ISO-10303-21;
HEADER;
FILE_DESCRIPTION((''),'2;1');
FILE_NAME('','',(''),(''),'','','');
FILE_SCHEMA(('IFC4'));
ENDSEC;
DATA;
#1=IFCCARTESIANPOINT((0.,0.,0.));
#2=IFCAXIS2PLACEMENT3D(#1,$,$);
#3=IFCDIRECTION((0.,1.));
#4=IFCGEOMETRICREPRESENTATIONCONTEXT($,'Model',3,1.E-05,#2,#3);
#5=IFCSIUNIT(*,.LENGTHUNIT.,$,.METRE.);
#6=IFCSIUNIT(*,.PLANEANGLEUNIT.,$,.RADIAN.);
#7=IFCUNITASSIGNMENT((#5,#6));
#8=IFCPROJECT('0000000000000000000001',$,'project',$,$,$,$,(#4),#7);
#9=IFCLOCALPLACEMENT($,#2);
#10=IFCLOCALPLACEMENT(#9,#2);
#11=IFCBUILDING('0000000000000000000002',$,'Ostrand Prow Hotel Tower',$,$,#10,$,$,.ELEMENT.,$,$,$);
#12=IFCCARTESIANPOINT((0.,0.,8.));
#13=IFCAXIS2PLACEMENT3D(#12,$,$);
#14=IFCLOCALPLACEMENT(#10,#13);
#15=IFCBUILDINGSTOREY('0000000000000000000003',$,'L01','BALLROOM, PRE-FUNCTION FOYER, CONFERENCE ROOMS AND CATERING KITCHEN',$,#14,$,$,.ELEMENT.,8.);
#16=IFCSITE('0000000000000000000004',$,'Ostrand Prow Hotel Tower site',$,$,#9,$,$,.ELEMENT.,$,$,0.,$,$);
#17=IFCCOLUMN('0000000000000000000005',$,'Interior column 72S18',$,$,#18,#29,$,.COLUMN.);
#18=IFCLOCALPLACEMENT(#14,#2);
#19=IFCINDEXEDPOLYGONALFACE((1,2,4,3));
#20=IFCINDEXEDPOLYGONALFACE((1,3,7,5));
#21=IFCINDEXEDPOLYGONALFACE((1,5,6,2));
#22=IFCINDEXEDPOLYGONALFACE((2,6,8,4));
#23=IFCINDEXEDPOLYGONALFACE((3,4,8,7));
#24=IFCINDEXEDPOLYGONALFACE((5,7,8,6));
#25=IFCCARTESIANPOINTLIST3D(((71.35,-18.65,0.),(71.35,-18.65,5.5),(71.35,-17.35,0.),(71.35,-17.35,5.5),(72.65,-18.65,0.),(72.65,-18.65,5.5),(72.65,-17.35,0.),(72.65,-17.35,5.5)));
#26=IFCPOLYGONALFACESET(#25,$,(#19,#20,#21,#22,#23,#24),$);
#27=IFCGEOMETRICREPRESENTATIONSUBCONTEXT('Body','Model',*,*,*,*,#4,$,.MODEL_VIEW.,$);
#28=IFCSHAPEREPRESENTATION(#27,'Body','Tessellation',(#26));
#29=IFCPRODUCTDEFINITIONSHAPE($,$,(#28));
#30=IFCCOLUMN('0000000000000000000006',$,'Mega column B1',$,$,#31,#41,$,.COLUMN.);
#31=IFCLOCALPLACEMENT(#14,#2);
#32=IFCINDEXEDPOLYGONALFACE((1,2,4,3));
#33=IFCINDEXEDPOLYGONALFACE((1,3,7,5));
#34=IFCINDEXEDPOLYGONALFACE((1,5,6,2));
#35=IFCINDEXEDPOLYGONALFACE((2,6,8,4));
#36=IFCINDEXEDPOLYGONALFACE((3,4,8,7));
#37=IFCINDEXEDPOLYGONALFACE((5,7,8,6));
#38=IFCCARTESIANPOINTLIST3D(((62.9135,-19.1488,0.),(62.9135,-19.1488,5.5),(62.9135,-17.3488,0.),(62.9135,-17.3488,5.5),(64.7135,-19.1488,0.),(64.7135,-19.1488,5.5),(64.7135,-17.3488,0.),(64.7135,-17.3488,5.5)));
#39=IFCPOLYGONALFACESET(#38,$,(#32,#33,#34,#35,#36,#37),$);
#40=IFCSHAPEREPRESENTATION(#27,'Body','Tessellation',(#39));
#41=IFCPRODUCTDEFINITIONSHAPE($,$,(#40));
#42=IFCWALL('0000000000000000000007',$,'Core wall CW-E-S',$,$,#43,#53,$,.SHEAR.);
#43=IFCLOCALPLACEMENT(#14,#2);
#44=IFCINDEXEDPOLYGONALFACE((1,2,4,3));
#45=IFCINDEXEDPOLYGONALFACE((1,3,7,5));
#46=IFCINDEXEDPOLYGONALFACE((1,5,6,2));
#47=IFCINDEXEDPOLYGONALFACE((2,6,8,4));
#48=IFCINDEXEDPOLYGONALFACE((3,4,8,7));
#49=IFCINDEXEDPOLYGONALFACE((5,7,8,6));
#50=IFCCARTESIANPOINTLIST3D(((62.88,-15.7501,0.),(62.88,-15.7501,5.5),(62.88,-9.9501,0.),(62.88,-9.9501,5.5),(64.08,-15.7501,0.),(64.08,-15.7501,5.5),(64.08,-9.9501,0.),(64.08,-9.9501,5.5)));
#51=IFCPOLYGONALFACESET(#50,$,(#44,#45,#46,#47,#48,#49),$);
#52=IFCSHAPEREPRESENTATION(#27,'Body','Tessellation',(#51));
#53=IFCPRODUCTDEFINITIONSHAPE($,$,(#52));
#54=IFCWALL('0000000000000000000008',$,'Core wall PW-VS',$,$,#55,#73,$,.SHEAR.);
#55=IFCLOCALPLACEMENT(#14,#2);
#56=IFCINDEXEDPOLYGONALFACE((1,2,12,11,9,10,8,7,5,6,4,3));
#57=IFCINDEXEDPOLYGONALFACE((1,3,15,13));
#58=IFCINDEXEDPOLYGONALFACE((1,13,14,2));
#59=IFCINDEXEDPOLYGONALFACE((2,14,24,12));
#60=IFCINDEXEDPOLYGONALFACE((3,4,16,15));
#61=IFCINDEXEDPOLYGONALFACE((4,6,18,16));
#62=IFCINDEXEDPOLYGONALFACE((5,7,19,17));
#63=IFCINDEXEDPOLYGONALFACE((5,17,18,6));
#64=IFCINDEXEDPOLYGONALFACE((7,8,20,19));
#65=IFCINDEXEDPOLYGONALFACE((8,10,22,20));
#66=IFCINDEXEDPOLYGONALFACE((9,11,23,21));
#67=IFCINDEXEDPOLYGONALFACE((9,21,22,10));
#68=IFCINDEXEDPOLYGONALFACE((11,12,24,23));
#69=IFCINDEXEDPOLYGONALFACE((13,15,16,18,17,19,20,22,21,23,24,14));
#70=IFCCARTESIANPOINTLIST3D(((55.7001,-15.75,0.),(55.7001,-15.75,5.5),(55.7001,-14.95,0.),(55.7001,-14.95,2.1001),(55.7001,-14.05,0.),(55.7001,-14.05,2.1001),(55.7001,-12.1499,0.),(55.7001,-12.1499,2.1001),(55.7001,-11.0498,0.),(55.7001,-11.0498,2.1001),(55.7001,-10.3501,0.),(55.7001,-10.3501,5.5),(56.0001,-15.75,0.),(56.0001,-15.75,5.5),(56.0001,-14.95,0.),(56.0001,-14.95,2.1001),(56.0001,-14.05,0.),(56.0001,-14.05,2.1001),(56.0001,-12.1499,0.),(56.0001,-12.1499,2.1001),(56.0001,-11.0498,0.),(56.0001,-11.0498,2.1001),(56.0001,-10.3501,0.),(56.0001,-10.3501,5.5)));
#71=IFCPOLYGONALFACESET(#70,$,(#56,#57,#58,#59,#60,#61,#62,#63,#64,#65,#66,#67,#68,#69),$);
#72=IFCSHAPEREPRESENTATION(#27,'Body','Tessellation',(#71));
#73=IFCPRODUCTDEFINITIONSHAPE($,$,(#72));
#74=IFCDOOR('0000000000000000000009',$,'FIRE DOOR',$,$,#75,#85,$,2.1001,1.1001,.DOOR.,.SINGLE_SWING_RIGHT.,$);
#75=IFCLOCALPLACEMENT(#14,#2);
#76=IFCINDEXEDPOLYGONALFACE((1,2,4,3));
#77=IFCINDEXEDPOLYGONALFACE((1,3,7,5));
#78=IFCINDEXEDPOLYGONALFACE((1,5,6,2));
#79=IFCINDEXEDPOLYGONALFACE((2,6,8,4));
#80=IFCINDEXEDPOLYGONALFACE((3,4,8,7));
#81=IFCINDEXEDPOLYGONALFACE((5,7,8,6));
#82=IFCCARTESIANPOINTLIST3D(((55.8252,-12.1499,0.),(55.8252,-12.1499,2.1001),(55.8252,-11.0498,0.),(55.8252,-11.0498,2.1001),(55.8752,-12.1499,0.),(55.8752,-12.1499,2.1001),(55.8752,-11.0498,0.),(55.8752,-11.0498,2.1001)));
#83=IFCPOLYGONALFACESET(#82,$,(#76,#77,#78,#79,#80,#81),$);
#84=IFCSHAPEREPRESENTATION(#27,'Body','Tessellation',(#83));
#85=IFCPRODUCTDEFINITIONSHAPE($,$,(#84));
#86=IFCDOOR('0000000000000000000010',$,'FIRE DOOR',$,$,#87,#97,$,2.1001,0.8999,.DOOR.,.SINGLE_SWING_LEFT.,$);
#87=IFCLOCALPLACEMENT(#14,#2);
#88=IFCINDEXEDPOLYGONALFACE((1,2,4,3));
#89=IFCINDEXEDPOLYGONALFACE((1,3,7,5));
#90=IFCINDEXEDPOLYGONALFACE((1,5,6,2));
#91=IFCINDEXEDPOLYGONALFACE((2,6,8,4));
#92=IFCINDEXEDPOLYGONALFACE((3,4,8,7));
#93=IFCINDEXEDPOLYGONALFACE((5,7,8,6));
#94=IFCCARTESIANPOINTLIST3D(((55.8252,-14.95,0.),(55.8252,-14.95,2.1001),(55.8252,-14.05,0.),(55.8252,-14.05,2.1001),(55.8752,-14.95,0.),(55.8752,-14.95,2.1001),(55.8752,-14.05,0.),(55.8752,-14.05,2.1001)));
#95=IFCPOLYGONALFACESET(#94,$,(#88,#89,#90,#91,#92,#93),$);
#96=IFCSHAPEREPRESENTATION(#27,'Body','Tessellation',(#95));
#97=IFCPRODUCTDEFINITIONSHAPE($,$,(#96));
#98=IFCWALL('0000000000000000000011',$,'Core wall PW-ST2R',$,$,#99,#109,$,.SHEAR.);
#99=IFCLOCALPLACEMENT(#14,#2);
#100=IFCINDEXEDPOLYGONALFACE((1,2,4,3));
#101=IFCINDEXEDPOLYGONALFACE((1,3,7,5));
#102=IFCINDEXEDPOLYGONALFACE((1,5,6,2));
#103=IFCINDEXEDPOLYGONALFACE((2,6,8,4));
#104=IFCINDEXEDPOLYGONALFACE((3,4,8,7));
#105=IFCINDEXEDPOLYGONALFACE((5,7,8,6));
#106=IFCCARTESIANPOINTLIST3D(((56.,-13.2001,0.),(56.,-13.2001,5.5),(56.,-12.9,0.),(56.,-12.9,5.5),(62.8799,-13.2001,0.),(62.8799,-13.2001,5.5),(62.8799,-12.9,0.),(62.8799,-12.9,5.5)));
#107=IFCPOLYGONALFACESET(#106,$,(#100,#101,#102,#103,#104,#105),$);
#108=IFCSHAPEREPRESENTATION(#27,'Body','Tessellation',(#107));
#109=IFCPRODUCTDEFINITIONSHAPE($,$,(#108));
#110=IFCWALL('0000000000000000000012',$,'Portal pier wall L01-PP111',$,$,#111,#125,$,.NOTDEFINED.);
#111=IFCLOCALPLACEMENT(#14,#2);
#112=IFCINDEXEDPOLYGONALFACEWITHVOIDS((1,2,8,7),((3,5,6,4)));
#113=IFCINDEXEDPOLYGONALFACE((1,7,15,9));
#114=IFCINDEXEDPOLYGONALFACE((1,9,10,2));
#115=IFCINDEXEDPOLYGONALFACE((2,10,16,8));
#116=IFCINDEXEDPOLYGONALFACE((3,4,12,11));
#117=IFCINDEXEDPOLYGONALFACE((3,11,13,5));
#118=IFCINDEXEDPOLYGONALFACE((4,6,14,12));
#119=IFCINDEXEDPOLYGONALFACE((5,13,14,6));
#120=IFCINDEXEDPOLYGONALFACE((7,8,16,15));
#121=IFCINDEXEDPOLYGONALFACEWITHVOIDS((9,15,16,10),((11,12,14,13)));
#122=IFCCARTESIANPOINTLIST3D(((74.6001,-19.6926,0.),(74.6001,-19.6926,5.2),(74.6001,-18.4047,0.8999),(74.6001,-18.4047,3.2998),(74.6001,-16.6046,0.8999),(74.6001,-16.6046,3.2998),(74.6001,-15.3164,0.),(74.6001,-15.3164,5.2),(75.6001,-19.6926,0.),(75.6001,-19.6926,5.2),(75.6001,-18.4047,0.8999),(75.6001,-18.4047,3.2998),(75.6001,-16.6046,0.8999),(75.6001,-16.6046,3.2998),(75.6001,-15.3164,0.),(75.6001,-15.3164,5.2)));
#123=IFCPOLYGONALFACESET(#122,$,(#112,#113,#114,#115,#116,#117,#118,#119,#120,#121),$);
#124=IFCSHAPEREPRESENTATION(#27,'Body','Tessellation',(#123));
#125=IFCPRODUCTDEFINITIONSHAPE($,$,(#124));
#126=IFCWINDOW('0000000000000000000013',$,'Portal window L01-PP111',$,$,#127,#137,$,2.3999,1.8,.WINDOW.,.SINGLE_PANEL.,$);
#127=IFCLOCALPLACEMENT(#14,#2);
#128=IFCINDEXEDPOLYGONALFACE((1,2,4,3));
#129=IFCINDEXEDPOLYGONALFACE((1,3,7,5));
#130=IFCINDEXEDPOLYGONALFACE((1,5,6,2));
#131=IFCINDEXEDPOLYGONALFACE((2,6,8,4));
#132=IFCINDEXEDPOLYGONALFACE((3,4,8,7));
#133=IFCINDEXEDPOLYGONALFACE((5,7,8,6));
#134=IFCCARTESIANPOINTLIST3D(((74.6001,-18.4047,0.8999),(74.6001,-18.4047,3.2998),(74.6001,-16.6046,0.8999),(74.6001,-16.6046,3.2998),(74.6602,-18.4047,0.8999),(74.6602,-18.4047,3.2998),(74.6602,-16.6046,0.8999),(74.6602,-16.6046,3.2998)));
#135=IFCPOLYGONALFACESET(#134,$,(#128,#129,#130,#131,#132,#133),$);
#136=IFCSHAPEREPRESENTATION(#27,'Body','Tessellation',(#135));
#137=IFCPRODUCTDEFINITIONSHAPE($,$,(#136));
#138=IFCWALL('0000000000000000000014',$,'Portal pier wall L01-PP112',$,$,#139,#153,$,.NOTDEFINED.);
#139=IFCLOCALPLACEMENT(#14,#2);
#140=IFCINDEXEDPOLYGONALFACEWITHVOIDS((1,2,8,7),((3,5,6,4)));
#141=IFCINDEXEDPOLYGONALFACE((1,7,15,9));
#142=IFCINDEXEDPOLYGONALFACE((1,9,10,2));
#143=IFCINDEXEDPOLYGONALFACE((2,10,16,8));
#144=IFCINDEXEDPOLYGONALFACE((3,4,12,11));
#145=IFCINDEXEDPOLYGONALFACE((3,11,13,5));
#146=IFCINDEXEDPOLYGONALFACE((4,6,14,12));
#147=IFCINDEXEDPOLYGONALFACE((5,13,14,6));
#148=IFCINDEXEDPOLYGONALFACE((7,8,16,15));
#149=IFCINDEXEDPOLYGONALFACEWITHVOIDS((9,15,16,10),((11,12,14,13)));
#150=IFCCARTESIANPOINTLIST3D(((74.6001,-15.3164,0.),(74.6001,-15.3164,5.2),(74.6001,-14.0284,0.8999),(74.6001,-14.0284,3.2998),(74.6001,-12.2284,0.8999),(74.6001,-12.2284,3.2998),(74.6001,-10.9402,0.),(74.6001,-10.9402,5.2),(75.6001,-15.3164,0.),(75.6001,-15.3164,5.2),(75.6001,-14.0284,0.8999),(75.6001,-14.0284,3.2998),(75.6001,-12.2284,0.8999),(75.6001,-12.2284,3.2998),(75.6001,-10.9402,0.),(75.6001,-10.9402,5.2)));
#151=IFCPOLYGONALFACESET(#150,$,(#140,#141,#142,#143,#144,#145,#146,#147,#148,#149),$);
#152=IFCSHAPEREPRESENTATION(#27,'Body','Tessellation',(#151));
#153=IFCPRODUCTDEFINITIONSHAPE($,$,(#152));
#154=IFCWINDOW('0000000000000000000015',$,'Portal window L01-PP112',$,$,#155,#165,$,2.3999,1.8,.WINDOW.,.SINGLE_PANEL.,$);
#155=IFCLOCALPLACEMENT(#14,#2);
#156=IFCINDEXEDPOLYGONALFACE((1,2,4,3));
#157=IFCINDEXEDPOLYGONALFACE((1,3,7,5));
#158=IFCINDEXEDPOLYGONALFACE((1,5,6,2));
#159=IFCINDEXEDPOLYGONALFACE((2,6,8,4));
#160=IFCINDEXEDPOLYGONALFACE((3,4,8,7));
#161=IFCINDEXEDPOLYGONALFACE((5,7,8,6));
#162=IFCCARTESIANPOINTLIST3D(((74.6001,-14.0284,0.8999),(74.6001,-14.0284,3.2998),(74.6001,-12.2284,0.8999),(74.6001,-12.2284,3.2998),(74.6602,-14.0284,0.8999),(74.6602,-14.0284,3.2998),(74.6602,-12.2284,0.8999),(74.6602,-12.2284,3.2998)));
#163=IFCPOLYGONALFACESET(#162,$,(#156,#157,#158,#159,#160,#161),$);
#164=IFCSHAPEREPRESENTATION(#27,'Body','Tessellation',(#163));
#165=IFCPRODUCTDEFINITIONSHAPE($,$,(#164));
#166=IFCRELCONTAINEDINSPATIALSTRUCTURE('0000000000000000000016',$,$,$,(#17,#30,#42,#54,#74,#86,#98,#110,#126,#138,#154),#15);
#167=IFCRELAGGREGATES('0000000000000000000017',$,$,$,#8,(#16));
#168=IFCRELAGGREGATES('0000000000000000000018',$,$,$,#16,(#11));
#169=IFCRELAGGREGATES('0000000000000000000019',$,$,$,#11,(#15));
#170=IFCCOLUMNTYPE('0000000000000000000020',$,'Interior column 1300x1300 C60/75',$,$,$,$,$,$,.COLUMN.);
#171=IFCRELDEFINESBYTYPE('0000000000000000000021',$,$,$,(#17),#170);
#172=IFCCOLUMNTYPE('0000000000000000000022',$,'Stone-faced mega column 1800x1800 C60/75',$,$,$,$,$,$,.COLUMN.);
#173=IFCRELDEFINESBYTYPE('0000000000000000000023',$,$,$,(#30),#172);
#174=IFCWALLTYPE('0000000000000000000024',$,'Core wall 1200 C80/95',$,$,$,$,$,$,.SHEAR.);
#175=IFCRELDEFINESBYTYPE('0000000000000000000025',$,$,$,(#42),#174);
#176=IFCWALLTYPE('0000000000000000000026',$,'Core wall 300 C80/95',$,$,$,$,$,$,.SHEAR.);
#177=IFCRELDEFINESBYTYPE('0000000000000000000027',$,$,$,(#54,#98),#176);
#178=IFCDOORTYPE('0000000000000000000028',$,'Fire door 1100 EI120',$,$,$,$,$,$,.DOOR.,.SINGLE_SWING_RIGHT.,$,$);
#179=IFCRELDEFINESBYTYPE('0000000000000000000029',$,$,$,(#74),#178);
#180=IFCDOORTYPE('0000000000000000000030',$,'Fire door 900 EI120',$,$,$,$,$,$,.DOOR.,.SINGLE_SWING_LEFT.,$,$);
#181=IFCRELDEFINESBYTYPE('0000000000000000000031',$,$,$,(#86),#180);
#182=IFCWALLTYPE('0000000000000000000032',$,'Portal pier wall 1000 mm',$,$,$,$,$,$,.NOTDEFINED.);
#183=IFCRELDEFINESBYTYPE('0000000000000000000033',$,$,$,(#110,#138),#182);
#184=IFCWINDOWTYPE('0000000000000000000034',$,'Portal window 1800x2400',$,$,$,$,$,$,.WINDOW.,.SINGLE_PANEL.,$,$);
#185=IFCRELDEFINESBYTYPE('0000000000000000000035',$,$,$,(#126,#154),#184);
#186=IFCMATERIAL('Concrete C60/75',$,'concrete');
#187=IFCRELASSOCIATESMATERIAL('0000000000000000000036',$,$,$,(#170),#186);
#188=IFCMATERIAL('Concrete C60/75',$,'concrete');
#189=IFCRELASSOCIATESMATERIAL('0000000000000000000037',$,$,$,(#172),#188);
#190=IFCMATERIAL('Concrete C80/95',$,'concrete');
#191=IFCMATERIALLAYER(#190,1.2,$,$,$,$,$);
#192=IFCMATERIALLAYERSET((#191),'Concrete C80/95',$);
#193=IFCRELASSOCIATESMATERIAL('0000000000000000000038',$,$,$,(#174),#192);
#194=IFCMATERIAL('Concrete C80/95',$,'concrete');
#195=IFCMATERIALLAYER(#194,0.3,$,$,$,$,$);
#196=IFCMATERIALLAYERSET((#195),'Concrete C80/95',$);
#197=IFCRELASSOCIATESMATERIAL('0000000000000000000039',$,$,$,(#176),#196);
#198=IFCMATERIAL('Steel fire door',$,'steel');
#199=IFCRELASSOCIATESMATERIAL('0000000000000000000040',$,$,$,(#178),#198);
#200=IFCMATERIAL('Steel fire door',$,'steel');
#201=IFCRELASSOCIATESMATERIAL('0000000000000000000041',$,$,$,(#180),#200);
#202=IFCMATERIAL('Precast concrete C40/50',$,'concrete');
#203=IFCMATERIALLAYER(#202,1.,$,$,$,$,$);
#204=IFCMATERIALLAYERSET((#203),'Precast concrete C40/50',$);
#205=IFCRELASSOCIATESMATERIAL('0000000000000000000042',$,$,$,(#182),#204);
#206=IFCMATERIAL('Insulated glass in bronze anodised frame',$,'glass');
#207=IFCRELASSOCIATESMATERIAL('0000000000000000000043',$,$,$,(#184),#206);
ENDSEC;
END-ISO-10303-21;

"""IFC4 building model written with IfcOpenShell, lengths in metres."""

from ifc_helpers import new_model, si_unit, direction, frame, frame_2d, origin, origin_2d, place, context, subcontext, project, spatial, polyline, rectangle, outline, extrude, material, layer, layer_set, material_profile, profile_set, type_object, element, fill, save


model = new_model("IFC4")

# Units and contexts
model_context = context("Model", 3, precision=1e-05, world=origin(), true_north=direction((0.0, 1.0)))
body_context = subcontext(model_context, "Body", "Model", "MODEL_VIEW")
ifc_project = project(units=[si_unit("LENGTHUNIT", "METRE"), si_unit("PLANEANGLEUNIT", "RADIAN")], contexts=[model_context])

# Site, building, storey
site_placement = place(None, origin())
site = spatial("IfcSite", under=ifc_project, at=site_placement, Name="Ostrand Prow Hotel Tower site", CompositionType="ELEMENT", RefElevation=0.0)
building_placement = place(site_placement, origin())
building = spatial("IfcBuilding", under=site, at=building_placement, Name="Ostrand Prow Hotel Tower", CompositionType="ELEMENT")
storey_placement = place(building_placement, frame((0.0, 0.0, 8.0)))
storey = spatial("IfcBuildingStorey", under=building, at=storey_placement, Name="L01", Description="BALLROOM, PRE-FUNCTION FOYER, CONFERENCE ROOMS AND CATERING KITCHEN", CompositionType="ELEMENT", Elevation=8.0)

# Columns
ifc_material_1 = material(Name="Concrete C60/75", Category="concrete")
ifc_material_profile_1 = material_profile(ifc_material_1, rectangle(XDim=1.3, YDim=1.3, at=origin_2d()), Name="RC 1300x1300")
ifc_profile_set_1 = profile_set([ifc_material_profile_1], Name="Concrete C60/75")
column_type_1 = type_object("IfcColumnType", Name="Interior column 1300x1300 C60/75", PredefinedType="COLUMN", material=ifc_profile_set_1)
column_1_placement = place(storey_placement, frame((72.0, -18.0, 0.0), z_axis=(0.0, 0.0, 1.0), x_axis=(1.0, 0.0, 0.0)))
element("IfcColumn", 1, at=column_1_placement, inside=storey, type_object=column_type_1, Name="Interior column 72S18", PredefinedType="COLUMN", context=body_context, shape_type="SweptSolid", body=[
    extrude(rectangle(XDim=1.3, YDim=1.3, at=origin_2d()), origin(), (0.0, 0.0, 1.0), 5.5),
])
ifc_material_2 = material(Name="Concrete C60/75", Category="concrete")
ifc_material_profile_2 = material_profile(ifc_material_2, rectangle(XDim=1.8, YDim=1.8, at=origin_2d()), Name="RC 1800x1800")
ifc_profile_set_2 = profile_set([ifc_material_profile_2], Name="Concrete C60/75")
column_type_2 = type_object("IfcColumnType", Name="Stone-faced mega column 1800x1800 C60/75", PredefinedType="COLUMN", material=ifc_profile_set_2)
column_2_placement = place(storey_placement, frame((63.8135, -18.2488, 0.0), z_axis=(0.0, 0.0, 1.0), x_axis=(1.0, 0.0, 0.0)))
element("IfcColumn", 2, at=column_2_placement, inside=storey, type_object=column_type_2, Name="Mega column B1", PredefinedType="COLUMN", context=body_context, shape_type="SweptSolid", body=[
    extrude(rectangle(XDim=1.8, YDim=1.8, at=origin_2d()), origin(), (0.0, 0.0, 1.0), 5.5),
])

# Wall
ifc_material_3 = material(Name="Concrete C80/95", Category="concrete")
ifc_layer_1 = layer(ifc_material_3, 1.2)
ifc_layer_set_1 = layer_set([ifc_layer_1], Name="Concrete C80/95")
wall_type_1 = type_object("IfcWallType", Name="Core wall 1200 C80/95", PredefinedType="SHEAR", material=ifc_layer_set_1)
wall_1_placement = place(storey_placement, frame((63.48, -15.75, 0.0), z_axis=(0.0, 0.0, 1.0), x_axis=(0.0, 1.0, 0.0)))
element("IfcWall", 3, at=wall_1_placement, inside=storey, type_object=wall_type_1, Name="Core wall CW-E-S", PredefinedType="SHEAR", context=body_context, shape_type="SweptSolid", body=[
    extrude(rectangle(XDim=5.8, YDim=1.2, at=frame_2d((2.8999, 0.0))), origin(), (0.0, 0.0, 1.0), 5.5),
])

# Wall, openings, doors
ifc_material_4 = material(Name="Concrete C80/95", Category="concrete")
ifc_layer_2 = layer(ifc_material_4, 0.3)
ifc_layer_set_2 = layer_set([ifc_layer_2], Name="Concrete C80/95")
wall_type_2 = type_object("IfcWallType", Name="Core wall 300 C80/95", PredefinedType="SHEAR", material=ifc_layer_set_2)
wall_2_placement = place(storey_placement, frame((55.8501, -15.75, 0.0), z_axis=(0.0, 0.0, 1.0), x_axis=(0.0, 1.0, 0.0)))
wall_2 = element("IfcWall", 4, at=wall_2_placement, inside=storey, type_object=wall_type_2, Name="Core wall PW-VS", PredefinedType="SHEAR", context=body_context, shape_type="SweptSolid", body=[
    extrude(rectangle(XDim=5.3999, YDim=0.3, at=frame_2d((2.7, 0.0))), origin(), (0.0, 0.0, 1.0), 5.5),
])
opening_1_placement = place(wall_2_placement, frame((3.6001, 0.0, 0.0)))
opening_1 = element("IfcOpeningElement", 5, at=opening_1_placement, cuts=wall_2, PredefinedType="OPENING", context=body_context, shape_type="SweptSolid", body=[
    extrude(rectangle(XDim=1.1001, YDim=2.1001, at=frame_2d((0.55, 1.05))), frame((0.0, 0.1599, 0.0), z_axis=(0.0, -1.0, 0.0), x_axis=(1.0, 0.0, 0.0)), (0.0, 0.0, 1.0), 0.3201),
])
opening_2_placement = place(wall_2_placement, frame((0.8, 0.0, 0.0)))
opening_2 = element("IfcOpeningElement", 6, at=opening_2_placement, cuts=wall_2, PredefinedType="OPENING", context=body_context, shape_type="SweptSolid", body=[
    extrude(rectangle(XDim=0.8999, YDim=2.1001, at=frame_2d((0.45, 1.05))), frame((0.0, 0.1599, 0.0), z_axis=(0.0, -1.0, 0.0), x_axis=(1.0, 0.0, 0.0)), (0.0, 0.0, 1.0), 0.3201),
])
ifc_material_5 = material(Name="Steel fire door", Category="steel")
door_type_1 = type_object("IfcDoorType", Name="Fire door 1100 EI120", OperationType="SINGLE_SWING_RIGHT", PredefinedType="DOOR", material=ifc_material_5)
door_1_placement = place(opening_1_placement, origin())
door_1 = element("IfcDoor", 7, at=door_1_placement, inside=storey, type_object=door_type_1, Name="FIRE DOOR", OperationType="SINGLE_SWING_RIGHT", OverallHeight=2.1001, OverallWidth=1.1001, PredefinedType="DOOR", context=body_context, shape_type="SweptSolid", body=[
    extrude(rectangle(XDim=1.1001, YDim=2.1001, at=frame_2d((0.55, 1.05))), frame((0.0, 0.0249, 0.0), z_axis=(0.0, -1.0, 0.0), x_axis=(1.0, 0.0, 0.0)), (0.0, 0.0, 1.0), 0.05),
])
fill(opening_1, door_1)
ifc_material_6 = material(Name="Steel fire door", Category="steel")
door_type_2 = type_object("IfcDoorType", Name="Fire door 900 EI120", OperationType="SINGLE_SWING_LEFT", PredefinedType="DOOR", material=ifc_material_6)
door_2_placement = place(opening_2_placement, origin())
door_2 = element("IfcDoor", 8, at=door_2_placement, inside=storey, type_object=door_type_2, Name="FIRE DOOR", OperationType="SINGLE_SWING_LEFT", OverallHeight=2.1001, OverallWidth=0.8999, PredefinedType="DOOR", context=body_context, shape_type="SweptSolid", body=[
    extrude(rectangle(XDim=0.8999, YDim=2.1001, at=frame_2d((0.45, 1.05))), frame((0.0, 0.0249, 0.0), z_axis=(0.0, -1.0, 0.0), x_axis=(1.0, 0.0, 0.0)), (0.0, 0.0, 1.0), 0.05),
])
fill(opening_2, door_2)

# Wall
wall_3_placement = place(storey_placement, frame((56.0, -13.05, 0.0), z_axis=(0.0, 0.0, 1.0), x_axis=(1.0, 0.0, 0.0)))
element("IfcWall", 9, at=wall_3_placement, inside=storey, type_object=wall_type_2, Name="Core wall PW-ST2R", PredefinedType="SHEAR", context=body_context, shape_type="SweptSolid", body=[
    extrude(rectangle(XDim=6.8799, YDim=0.3, at=frame_2d((3.4399, 0.0))), origin(), (0.0, 0.0, 1.0), 5.5),
])

# Walls, openings, windows
ifc_material_7 = material(Name="Precast concrete C40/50", Category="concrete")
ifc_layer_3 = layer(ifc_material_7, 1.0)
ifc_layer_set_3 = layer_set([ifc_layer_3], Name="Precast concrete C40/50")
wall_type_3 = type_object("IfcWallType", Name="Portal pier wall 1000 mm", PredefinedType="NOTDEFINED", material=ifc_layer_set_3)
wall_4_placement = place(storey_placement, frame((75.1001, -19.6926, 0.0), z_axis=(0.0, 0.0, 1.0), x_axis=(0.0, 1.0, 0.0)))
wall_4 = element("IfcWall", 10, at=wall_4_placement, inside=storey, type_object=wall_type_3, Name="Portal pier wall L01-PP111", PredefinedType="NOTDEFINED", context=body_context, shape_type="SweptSolid", body=[
    extrude(outline(polyline([(0.0, -0.5), (4.3762, -0.5), (4.3762, 0.5), (0.0, 0.5), (0.0, -0.5)])), origin(), (0.0, 0.0, 1.0), 5.2),
])
opening_3_placement = place(wall_4_placement, frame((1.2881, 0.0, 0.8999)))
opening_3 = element("IfcOpeningElement", 11, at=opening_3_placement, cuts=wall_4, PredefinedType="OPENING", context=body_context, shape_type="SweptSolid", body=[
    extrude(rectangle(XDim=1.8, YDim=2.3999, at=frame_2d((0.8999, 1.2))), frame((0.0, 0.51, 0.0), z_axis=(0.0, -1.0, 0.0), x_axis=(1.0, 0.0, 0.0)), (0.0, 0.0, 1.0), 1.02),
])
ifc_material_8 = material(Name="Insulated glass in bronze anodised frame", Category="glass")
window_type = type_object("IfcWindowType", Name="Portal window 1800x2400", PartitioningType="SINGLE_PANEL", PredefinedType="WINDOW", material=ifc_material_8)
window_1_placement = place(opening_3_placement, origin())
window_1 = element("IfcWindow", 12, at=window_1_placement, inside=storey, type_object=window_type, Name="Portal window L01-PP111", OverallHeight=2.3999, OverallWidth=1.8, PartitioningType="SINGLE_PANEL", PredefinedType="WINDOW", context=body_context, shape_type="SweptSolid", body=[
    extrude(rectangle(XDim=1.8, YDim=2.3999, at=frame_2d((0.8999, 1.2))), frame((0.0, 0.5, 0.0), z_axis=(0.0, -1.0, 0.0), x_axis=(1.0, 0.0, 0.0)), (0.0, 0.0, 1.0), 0.0601),
])
fill(opening_3, window_1)
wall_5_placement = place(storey_placement, frame((75.1001, -15.3164, 0.0), z_axis=(0.0, 0.0, 1.0), x_axis=(0.0, 1.0, 0.0)))
wall_5 = element("IfcWall", 13, at=wall_5_placement, inside=storey, type_object=wall_type_3, Name="Portal pier wall L01-PP112", PredefinedType="NOTDEFINED", context=body_context, shape_type="SweptSolid", body=[
    extrude(outline(polyline([(0.0, -0.5), (4.3762, -0.5), (4.3762, 0.5), (0.0, 0.5), (0.0, -0.5)])), origin(), (0.0, 0.0, 1.0), 5.2),
])
opening_4_placement = place(wall_5_placement, frame((1.2881, 0.0, 0.8999)))
opening_4 = element("IfcOpeningElement", 14, at=opening_4_placement, cuts=wall_5, PredefinedType="OPENING", context=body_context, shape_type="SweptSolid", body=[
    extrude(rectangle(XDim=1.8, YDim=2.3999, at=frame_2d((0.8999, 1.2))), frame((0.0, 0.51, 0.0), z_axis=(0.0, -1.0, 0.0), x_axis=(1.0, 0.0, 0.0)), (0.0, 0.0, 1.0), 1.02),
])
window_2_placement = place(opening_4_placement, origin())
window_2 = element("IfcWindow", 15, at=window_2_placement, inside=storey, type_object=window_type, Name="Portal window L01-PP112", OverallHeight=2.3999, OverallWidth=1.8, PartitioningType="SINGLE_PANEL", PredefinedType="WINDOW", context=body_context, shape_type="SweptSolid", body=[
    extrude(rectangle(XDim=1.8, YDim=2.3999, at=frame_2d((0.8999, 1.2))), frame((0.0, 0.5, 0.0), z_axis=(0.0, -1.0, 0.0), x_axis=(1.0, 0.0, 0.0)), (0.0, 0.0, 1.0), 0.0601),
])
fill(opening_4, window_2)

save(model, "model.ifc")
